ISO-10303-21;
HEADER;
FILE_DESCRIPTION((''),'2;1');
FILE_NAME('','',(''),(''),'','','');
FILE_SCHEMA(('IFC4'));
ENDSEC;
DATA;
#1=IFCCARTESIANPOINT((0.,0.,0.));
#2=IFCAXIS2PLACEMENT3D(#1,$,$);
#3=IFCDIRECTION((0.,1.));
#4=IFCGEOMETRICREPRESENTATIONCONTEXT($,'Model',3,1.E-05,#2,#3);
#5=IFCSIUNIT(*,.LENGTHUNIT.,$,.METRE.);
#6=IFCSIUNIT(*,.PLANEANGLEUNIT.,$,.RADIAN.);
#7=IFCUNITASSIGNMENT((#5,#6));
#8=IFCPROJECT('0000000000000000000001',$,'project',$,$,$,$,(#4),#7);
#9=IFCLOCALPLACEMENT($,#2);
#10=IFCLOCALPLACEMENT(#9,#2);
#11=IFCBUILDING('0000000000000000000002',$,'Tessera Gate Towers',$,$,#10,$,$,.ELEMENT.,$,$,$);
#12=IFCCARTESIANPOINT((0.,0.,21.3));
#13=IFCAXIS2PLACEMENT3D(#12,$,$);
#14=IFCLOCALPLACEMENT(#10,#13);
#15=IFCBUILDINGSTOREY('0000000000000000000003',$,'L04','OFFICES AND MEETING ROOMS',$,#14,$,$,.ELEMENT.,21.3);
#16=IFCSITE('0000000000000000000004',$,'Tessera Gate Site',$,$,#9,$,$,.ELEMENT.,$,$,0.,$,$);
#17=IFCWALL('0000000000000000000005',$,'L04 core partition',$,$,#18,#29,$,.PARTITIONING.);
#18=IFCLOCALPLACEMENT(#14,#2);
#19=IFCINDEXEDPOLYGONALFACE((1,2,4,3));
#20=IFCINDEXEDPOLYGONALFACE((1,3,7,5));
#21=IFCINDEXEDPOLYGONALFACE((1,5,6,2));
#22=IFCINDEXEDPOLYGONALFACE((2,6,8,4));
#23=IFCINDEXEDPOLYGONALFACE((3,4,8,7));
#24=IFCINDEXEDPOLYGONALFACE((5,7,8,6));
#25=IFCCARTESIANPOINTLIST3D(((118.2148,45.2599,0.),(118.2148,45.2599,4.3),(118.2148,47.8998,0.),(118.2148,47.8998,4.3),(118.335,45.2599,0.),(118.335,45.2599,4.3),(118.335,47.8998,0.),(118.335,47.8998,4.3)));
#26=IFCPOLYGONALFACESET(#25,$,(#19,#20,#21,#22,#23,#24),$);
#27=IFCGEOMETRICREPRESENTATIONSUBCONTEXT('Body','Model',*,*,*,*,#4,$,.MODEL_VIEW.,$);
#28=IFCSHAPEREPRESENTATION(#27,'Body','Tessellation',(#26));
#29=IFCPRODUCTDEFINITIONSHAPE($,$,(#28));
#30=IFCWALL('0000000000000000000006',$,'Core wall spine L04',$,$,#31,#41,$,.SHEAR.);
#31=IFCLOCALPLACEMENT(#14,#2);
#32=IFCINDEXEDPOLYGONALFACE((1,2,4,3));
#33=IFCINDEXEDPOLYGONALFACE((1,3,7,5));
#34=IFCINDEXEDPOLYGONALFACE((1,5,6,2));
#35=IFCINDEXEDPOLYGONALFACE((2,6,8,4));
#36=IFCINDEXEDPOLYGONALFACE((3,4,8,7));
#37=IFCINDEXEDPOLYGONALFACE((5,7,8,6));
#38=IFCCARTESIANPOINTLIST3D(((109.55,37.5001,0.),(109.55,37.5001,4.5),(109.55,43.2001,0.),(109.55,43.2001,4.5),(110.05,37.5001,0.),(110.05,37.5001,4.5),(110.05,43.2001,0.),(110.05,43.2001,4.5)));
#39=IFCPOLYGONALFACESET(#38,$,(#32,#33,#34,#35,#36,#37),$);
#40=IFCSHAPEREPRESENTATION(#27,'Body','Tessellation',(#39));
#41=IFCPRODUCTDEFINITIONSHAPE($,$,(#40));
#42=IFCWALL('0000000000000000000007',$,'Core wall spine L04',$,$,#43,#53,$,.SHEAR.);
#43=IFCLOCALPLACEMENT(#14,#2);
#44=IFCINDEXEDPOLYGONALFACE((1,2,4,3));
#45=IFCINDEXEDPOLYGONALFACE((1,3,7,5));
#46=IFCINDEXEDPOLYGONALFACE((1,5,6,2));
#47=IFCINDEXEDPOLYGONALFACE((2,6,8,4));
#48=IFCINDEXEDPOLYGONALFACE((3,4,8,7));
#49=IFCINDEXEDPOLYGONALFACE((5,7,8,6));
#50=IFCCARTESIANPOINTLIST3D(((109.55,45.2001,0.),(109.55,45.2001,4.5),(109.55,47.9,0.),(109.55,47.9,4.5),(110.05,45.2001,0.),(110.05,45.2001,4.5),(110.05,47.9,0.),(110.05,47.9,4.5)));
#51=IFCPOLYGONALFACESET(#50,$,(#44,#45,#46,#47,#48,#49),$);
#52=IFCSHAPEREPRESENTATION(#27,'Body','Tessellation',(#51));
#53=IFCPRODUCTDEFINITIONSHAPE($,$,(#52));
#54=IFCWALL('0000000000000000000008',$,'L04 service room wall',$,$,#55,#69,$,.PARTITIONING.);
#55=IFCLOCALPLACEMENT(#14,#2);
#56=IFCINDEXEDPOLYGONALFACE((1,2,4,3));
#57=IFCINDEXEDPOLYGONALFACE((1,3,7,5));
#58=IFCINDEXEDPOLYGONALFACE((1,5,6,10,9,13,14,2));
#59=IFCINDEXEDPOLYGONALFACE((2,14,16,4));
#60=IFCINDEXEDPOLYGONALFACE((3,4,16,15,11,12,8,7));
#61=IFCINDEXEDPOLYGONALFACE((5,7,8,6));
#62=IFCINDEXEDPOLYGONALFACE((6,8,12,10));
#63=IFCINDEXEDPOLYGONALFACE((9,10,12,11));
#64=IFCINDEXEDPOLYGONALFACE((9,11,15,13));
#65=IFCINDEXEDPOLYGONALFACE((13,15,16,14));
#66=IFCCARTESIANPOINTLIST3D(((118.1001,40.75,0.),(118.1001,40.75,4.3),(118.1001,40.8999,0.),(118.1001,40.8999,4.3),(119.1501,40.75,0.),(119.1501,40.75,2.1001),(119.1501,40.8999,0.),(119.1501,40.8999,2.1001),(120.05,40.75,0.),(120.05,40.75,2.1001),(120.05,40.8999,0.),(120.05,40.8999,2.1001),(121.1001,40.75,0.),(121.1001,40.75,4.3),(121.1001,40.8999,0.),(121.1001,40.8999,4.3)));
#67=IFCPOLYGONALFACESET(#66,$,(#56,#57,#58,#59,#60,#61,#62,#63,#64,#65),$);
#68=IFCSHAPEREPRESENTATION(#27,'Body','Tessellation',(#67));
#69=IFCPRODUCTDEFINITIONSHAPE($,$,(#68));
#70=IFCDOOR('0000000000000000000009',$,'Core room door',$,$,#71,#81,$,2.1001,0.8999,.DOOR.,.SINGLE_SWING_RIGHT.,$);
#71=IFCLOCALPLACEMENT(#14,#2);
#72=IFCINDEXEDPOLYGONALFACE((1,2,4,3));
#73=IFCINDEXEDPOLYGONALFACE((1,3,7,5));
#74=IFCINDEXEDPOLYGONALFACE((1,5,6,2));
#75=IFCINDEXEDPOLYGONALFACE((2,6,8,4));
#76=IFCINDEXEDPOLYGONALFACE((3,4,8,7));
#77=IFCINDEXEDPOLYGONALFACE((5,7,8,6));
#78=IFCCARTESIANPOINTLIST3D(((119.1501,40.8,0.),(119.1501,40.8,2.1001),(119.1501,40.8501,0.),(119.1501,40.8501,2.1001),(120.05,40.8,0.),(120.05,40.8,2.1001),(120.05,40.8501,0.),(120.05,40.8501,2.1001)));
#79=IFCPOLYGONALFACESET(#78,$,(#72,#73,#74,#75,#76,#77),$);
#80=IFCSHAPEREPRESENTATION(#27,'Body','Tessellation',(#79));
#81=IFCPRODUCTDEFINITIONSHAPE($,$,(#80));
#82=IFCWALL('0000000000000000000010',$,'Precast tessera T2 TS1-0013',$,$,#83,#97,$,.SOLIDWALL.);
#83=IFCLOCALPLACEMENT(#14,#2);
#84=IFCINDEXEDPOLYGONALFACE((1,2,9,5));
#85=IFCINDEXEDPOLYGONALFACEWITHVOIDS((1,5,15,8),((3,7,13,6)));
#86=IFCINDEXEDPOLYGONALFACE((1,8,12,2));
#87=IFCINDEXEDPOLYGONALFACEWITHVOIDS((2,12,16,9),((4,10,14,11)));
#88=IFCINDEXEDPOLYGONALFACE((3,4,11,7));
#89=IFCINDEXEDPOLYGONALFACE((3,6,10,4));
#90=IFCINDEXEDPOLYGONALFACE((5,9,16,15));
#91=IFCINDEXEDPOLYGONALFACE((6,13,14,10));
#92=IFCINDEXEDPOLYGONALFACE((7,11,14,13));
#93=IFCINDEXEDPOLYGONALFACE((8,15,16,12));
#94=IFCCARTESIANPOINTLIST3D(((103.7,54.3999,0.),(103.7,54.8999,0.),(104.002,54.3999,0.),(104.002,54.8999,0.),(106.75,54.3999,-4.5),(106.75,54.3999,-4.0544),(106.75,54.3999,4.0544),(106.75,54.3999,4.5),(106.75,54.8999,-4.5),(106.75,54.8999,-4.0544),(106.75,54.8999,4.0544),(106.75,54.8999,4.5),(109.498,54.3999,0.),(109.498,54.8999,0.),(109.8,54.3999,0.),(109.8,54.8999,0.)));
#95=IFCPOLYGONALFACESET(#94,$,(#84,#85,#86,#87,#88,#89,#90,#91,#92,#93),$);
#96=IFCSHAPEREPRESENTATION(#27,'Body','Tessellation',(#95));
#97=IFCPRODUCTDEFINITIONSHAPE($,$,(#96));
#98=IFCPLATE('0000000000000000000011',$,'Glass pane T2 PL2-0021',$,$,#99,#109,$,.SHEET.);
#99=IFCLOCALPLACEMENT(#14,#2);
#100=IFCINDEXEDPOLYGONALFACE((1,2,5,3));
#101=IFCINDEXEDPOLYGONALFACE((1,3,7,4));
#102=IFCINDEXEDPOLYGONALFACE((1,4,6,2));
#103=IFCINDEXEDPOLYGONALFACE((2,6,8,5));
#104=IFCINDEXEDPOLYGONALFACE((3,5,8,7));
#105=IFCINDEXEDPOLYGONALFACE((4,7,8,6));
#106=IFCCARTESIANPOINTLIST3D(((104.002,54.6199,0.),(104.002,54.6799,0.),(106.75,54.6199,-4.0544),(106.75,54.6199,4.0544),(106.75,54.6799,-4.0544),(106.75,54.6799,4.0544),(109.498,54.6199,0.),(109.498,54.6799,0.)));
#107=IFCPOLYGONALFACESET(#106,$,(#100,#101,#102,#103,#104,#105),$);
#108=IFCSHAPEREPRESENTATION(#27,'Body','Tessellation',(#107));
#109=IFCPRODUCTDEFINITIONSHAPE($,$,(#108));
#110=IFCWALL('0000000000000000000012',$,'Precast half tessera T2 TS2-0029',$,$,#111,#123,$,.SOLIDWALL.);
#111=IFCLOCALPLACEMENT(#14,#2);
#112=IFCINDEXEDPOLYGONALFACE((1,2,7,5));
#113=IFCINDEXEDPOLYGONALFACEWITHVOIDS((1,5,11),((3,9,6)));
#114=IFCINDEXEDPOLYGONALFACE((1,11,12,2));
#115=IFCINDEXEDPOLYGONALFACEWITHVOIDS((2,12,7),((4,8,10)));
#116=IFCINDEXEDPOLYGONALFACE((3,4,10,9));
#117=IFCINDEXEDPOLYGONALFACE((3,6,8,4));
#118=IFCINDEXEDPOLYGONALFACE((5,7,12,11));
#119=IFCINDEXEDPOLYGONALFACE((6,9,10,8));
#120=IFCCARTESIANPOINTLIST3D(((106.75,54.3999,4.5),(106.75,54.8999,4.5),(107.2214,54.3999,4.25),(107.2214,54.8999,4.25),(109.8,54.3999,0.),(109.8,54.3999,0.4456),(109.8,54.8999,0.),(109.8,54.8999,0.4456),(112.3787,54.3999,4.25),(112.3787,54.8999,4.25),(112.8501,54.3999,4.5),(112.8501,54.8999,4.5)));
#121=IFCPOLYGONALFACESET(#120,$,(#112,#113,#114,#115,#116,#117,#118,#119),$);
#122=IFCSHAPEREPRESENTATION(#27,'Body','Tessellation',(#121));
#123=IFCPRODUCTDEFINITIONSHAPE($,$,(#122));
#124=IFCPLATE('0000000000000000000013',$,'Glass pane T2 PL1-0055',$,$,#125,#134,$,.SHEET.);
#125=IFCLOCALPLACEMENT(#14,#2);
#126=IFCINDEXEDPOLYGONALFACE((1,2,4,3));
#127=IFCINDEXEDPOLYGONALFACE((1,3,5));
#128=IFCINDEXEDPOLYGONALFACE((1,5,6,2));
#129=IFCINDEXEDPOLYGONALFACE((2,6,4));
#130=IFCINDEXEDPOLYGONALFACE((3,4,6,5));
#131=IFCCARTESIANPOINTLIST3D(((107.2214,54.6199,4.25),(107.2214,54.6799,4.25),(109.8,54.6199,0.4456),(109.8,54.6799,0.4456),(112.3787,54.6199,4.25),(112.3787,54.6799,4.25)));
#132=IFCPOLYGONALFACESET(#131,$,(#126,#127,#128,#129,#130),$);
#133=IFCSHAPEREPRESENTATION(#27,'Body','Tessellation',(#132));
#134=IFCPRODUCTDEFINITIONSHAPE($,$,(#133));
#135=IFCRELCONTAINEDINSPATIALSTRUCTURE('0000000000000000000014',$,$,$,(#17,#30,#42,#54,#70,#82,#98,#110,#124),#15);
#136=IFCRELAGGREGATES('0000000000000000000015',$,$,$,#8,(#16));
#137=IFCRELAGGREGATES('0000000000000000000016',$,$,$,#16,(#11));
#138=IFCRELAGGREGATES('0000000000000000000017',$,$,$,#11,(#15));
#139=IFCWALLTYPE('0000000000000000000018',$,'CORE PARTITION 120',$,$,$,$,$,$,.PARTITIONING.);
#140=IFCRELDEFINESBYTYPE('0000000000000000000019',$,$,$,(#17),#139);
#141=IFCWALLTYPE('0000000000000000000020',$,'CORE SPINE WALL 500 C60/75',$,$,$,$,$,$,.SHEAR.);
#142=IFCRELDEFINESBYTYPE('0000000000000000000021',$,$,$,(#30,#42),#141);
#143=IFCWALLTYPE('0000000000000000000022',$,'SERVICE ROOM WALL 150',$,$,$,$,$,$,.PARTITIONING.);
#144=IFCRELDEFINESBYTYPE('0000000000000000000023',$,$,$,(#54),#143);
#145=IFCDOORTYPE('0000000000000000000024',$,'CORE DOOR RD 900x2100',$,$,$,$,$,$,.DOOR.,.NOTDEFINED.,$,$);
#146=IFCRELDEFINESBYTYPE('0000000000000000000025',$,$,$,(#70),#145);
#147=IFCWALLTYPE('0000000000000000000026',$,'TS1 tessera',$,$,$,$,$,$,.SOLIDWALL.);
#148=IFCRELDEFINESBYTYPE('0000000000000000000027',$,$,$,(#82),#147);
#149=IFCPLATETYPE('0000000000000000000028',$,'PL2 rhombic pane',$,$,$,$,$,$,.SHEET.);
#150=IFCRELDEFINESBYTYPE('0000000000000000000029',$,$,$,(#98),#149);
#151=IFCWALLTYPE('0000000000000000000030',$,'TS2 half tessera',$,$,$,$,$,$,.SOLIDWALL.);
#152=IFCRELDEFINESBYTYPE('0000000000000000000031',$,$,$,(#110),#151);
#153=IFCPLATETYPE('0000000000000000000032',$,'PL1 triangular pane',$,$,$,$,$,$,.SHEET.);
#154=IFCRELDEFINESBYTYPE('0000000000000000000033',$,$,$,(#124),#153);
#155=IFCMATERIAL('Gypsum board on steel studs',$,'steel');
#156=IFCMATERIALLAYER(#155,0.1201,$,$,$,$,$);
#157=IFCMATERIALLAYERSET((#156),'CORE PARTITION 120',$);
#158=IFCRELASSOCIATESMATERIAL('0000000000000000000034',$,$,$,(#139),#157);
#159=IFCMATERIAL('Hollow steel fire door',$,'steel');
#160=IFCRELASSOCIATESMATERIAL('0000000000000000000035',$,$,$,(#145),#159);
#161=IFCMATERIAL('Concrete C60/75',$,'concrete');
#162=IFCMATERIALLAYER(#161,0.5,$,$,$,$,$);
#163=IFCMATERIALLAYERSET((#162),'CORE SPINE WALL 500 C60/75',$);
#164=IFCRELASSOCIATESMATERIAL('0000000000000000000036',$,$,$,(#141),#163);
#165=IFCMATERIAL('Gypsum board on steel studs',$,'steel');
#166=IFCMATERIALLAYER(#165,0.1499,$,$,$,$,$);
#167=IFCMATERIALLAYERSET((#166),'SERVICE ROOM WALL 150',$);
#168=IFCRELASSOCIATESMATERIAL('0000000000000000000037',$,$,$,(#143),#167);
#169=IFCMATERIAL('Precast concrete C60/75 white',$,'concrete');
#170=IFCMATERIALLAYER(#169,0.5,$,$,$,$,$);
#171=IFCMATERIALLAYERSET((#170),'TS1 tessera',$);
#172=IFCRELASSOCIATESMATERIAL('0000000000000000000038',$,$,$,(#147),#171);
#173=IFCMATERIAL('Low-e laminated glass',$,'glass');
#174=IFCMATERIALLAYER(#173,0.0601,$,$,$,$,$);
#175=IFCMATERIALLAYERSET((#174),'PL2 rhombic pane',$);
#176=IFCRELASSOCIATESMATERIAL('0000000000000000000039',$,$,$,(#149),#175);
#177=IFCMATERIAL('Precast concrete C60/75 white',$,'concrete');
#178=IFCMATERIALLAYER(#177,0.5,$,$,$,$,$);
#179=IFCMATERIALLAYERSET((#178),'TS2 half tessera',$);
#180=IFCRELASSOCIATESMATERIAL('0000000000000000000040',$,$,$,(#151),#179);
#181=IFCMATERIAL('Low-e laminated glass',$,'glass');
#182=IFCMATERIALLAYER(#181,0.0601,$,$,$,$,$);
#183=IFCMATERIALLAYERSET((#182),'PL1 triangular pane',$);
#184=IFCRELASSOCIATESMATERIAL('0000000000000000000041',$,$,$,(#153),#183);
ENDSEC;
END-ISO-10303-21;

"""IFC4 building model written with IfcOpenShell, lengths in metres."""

from ifc_helpers import new_model, si_unit, direction, frame, frame_2d, origin, place, context, subcontext, project, spatial, polyline, rectangle, outline, extrude, source, transform, mapped, material, layer, layer_set, type_object, element, fill, save


model = new_model("IFC4")

# Units and contexts
model_context = context("Model", 3, precision=1e-05, world=origin(), true_north=direction((0.0, 1.0)))
body_context = subcontext(model_context, "Body", "Model", "MODEL_VIEW")
ifc_project = project(units=[si_unit("LENGTHUNIT", "METRE"), si_unit("PLANEANGLEUNIT", "RADIAN")], contexts=[model_context])

# Site, building, storey
site_placement = place(None, origin())
site = spatial("IfcSite", under=ifc_project, at=site_placement, Name="Tessera Gate Site", CompositionType="ELEMENT", RefElevation=0.0)
building_placement = place(site_placement, origin())
building = spatial("IfcBuilding", under=site, at=building_placement, Name="Tessera Gate Towers", CompositionType="ELEMENT")
storey_placement = place(building_placement, frame((0.0, 0.0, 21.3)))
storey = spatial("IfcBuildingStorey", under=building, at=storey_placement, Name="L04", Description="OFFICES AND MEETING ROOMS", CompositionType="ELEMENT", Elevation=21.3)

# Shared definitions
ifc_material_1 = material(Name="Gypsum board on steel studs", Category="steel")
ifc_layer_1 = layer(ifc_material_1, 0.1201)
ifc_layer_set_1 = layer_set([ifc_layer_1], Name="CORE PARTITION 120")
wall_type_1 = type_object("IfcWallType", Name="CORE PARTITION 120", PredefinedType="PARTITIONING", material=ifc_layer_set_1)
ifc_material_2 = material(Name="Hollow steel fire door", Category="steel")
door_type_1 = type_object("IfcDoorType", Name="CORE DOOR RD 900x2100", OperationType="NOTDEFINED", PredefinedType="DOOR", material=ifc_material_2)
shared_shape_1 = source(origin(), body_context, "Body", "SweptSolid", [
    extrude(rectangle(XDim=0.8999, YDim=2.1001, at=frame_2d((0.45, 1.05))), frame((0.0, 0.0249, 0.0), z_axis=(0.0, -1.0, 0.0), x_axis=(1.0, 0.0, 0.0)), (0.0, 0.0, 1.0), 0.05),
])

# Walls
wall_1_placement = place(storey_placement, frame((118.2749, 45.26, 0.0), z_axis=(0.0, 0.0, 1.0), x_axis=(0.0, 1.0, 0.0)))
element("IfcWall", 1, at=wall_1_placement, inside=storey, type_object=wall_type_1, Name="L04 core partition", PredefinedType="PARTITIONING", context=body_context, shape_type="SweptSolid", body=[
    extrude(rectangle(XDim=2.6399, YDim=0.1201, at=frame_2d((1.3198, 0.0))), origin(), (0.0, 0.0, 1.0), 4.3),
])
ifc_material_3 = material(Name="Concrete C60/75", Category="concrete")
ifc_layer_2 = layer(ifc_material_3, 0.5)
ifc_layer_set_2 = layer_set([ifc_layer_2], Name="CORE SPINE WALL 500 C60/75")
wall_type_2 = type_object("IfcWallType", Name="CORE SPINE WALL 500 C60/75", PredefinedType="SHEAR", material=ifc_layer_set_2)
wall_2_placement = place(storey_placement, frame((109.8, 37.5, 0.0), z_axis=(0.0, 0.0, 1.0), x_axis=(0.0, 1.0, 0.0)))
element("IfcWall", 2, at=wall_2_placement, inside=storey, type_object=wall_type_2, Name="Core wall spine L04", PredefinedType="SHEAR", context=body_context, shape_type="SweptSolid", body=[
    extrude(rectangle(XDim=5.7, YDim=0.5, at=frame_2d((2.8501, 0.0))), origin(), (0.0, 0.0, 1.0), 4.5),
])
wall_3_placement = place(storey_placement, frame((109.8, 45.2, 0.0), z_axis=(0.0, 0.0, 1.0), x_axis=(0.0, 1.0, 0.0)))
element("IfcWall", 3, at=wall_3_placement, inside=storey, type_object=wall_type_2, Name="Core wall spine L04", PredefinedType="SHEAR", context=body_context, shape_type="SweptSolid", body=[
    extrude(rectangle(XDim=2.7, YDim=0.5, at=frame_2d((1.3501, 0.0))), origin(), (0.0, 0.0, 1.0), 4.5),
])

# Wall, opening, door
ifc_material_4 = material(Name="Gypsum board on steel studs", Category="steel")
ifc_layer_3 = layer(ifc_material_4, 0.1499)
ifc_layer_set_3 = layer_set([ifc_layer_3], Name="SERVICE ROOM WALL 150")
wall_type_3 = type_object("IfcWallType", Name="SERVICE ROOM WALL 150", PredefinedType="PARTITIONING", material=ifc_layer_set_3)
wall_4_placement = place(storey_placement, frame((121.1001, 40.825, 0.0), z_axis=(0.0, 0.0, 1.0), x_axis=(-1.0, 0.0, 0.0)))
wall_4 = element("IfcWall", 4, at=wall_4_placement, inside=storey, type_object=wall_type_3, Name="L04 service room wall", PredefinedType="PARTITIONING", context=body_context, shape_type="SweptSolid", body=[
    extrude(rectangle(XDim=3.0, YDim=0.1499, at=frame_2d((1.5, 0.0))), origin(), (0.0, 0.0, 1.0), 4.3),
])
shared_shape_2 = source(origin(), body_context, "Body", "SweptSolid", [
    extrude(rectangle(XDim=0.8999, YDim=2.1001, at=frame_2d((0.45, 1.05))), frame((0.0, 0.085, 0.0), z_axis=(0.0, -1.0, 0.0), x_axis=(1.0, 0.0, 0.0)), (0.0, 0.0, 1.0), 0.1699),
])
opening_1_placement = place(wall_4_placement, frame((1.05, 0.0, 0.0)))
opening_1 = element("IfcOpeningElement", 5, at=opening_1_placement, cuts=wall_4, PredefinedType="OPENING", context=body_context, shape_type="MappedRepresentation", body=[
    mapped(shared_shape_2, transform((0.0, 0.0, 0.0), scale=1.0)),
])
door_1_placement = place(opening_1_placement, origin())
door_1 = element("IfcDoor", 6, at=door_1_placement, inside=storey, type_object=door_type_1, Name="Core room door", OperationType="SINGLE_SWING_RIGHT", OverallHeight=2.1001, OverallWidth=0.8999, PredefinedType="DOOR", context=body_context, shape_type="MappedRepresentation", body=[
    mapped(shared_shape_1, transform((0.0, 0.0, 0.0), scale=1.0)),
])
fill(opening_1, door_1)

# Walls, openings, plates
ifc_material_5 = material(Name="Precast concrete C60/75 white", Category="concrete")
ifc_layer_4 = layer(ifc_material_5, 0.5)
ifc_layer_set_4 = layer_set([ifc_layer_4], Name="TS1 tessera")
wall_type_4 = type_object("IfcWallType", Name="TS1 tessera", PredefinedType="SOLIDWALL", material=ifc_layer_set_4)
shared_shape_3 = source(origin(), body_context, "Body", "SweptSolid", [
    extrude(outline(polyline([(3.05, 0.0), (6.1001, 4.5), (3.05, 9.0), (0.0, 4.5), (3.05, 0.0)])), frame((0.0, 0.25, 0.0), z_axis=(0.0, -1.0, 0.0), x_axis=(1.0, 0.0, 0.0)), (0.0, 0.0, 1.0), 0.5),
])
wall_5_placement = place(storey_placement, frame((109.8, 54.6499, -4.5), z_axis=(0.0, 0.0, 1.0), x_axis=(-1.0, 0.0, 0.0)))
wall_5 = element("IfcWall", 7, at=wall_5_placement, inside=storey, type_object=wall_type_4, Name="Precast tessera T2 TS1-0013", PredefinedType="SOLIDWALL", context=body_context, shape_type="MappedRepresentation", body=[
    mapped(shared_shape_3, transform((0.0, 0.0, 0.0), scale=1.0)),
])
shared_shape_4 = source(origin(), body_context, "Body", "SweptSolid", [
    extrude(outline(polyline([(3.05, 0.4456), (5.7981, 4.5), (3.05, 8.5544), (0.302, 4.5), (3.05, 0.4456)])), frame((0.0, 0.26, 0.0), z_axis=(0.0, -1.0, 0.0), x_axis=(1.0, 0.0, 0.0)), (0.0, 0.0, 1.0), 0.52),
])
opening_2_placement = place(wall_5_placement, origin())
opening_2 = element("IfcOpeningElement", 8, at=opening_2_placement, cuts=wall_5, PredefinedType="OPENING", context=body_context, shape_type="MappedRepresentation", body=[
    mapped(shared_shape_4, transform((0.0, 0.0, 0.0), scale=1.0)),
])
ifc_material_6 = material(Name="Low-e laminated glass", Category="glass")
ifc_layer_5 = layer(ifc_material_6, 0.0601)
ifc_layer_set_5 = layer_set([ifc_layer_5], Name="PL2 rhombic pane")
plate_type_1 = type_object("IfcPlateType", Name="PL2 rhombic pane", PredefinedType="SHEET", material=ifc_layer_set_5)
shared_shape_5 = source(origin(), body_context, "Body", "SweptSolid", [
    extrude(outline(polyline([(3.05, 0.4456), (5.7981, 4.5), (3.05, 8.5544), (0.302, 4.5), (3.05, 0.4456)])), frame((0.0, 0.03, 0.0), z_axis=(0.0, -1.0, 0.0), x_axis=(1.0, 0.0, 0.0)), (0.0, 0.0, 1.0), 0.0601),
])
plate_1_placement = place(opening_2_placement, origin())
plate_1 = element("IfcPlate", 9, at=plate_1_placement, inside=storey, type_object=plate_type_1, Name="Glass pane T2 PL2-0021", PredefinedType="SHEET", context=body_context, shape_type="MappedRepresentation", body=[
    mapped(shared_shape_5, transform((0.0, 0.0, 0.0), scale=1.0)),
])
fill(opening_2, plate_1)
ifc_material_7 = material(Name="Precast concrete C60/75 white", Category="concrete")
ifc_layer_6 = layer(ifc_material_7, 0.5)
ifc_layer_set_6 = layer_set([ifc_layer_6], Name="TS2 half tessera")
wall_type_5 = type_object("IfcWallType", Name="TS2 half tessera", PredefinedType="SOLIDWALL", material=ifc_layer_set_6)
shared_shape_6 = source(origin(), body_context, "Body", "SweptSolid", [
    extrude(outline(polyline([(3.05, 0.0), (6.1001, 4.5), (0.0, 4.5), (3.05, 0.0)])), frame((0.0, 0.25, 0.0), z_axis=(0.0, -1.0, 0.0), x_axis=(1.0, 0.0, 0.0)), (0.0, 0.0, 1.0), 0.5),
])
wall_6_placement = place(storey_placement, frame((112.8501, 54.6499, 0.0), z_axis=(0.0, 0.0, 1.0), x_axis=(-1.0, 0.0, 0.0)))
wall_6 = element("IfcWall", 10, at=wall_6_placement, inside=storey, type_object=wall_type_5, Name="Precast half tessera T2 TS2-0029", PredefinedType="SOLIDWALL", context=body_context, shape_type="MappedRepresentation", body=[
    mapped(shared_shape_6, transform((0.0, 0.0, 0.0), scale=1.0)),
])
shared_shape_7 = source(origin(), body_context, "Body", "SweptSolid", [
    extrude(outline(polyline([(3.05, 0.4456), (5.6287, 4.25), (0.4714, 4.25), (3.05, 0.4456)])), frame((0.0, 0.26, 0.0), z_axis=(0.0, -1.0, 0.0), x_axis=(1.0, 0.0, 0.0)), (0.0, 0.0, 1.0), 0.52),
])
opening_3_placement = place(wall_6_placement, origin())
opening_3 = element("IfcOpeningElement", 11, at=opening_3_placement, cuts=wall_6, PredefinedType="OPENING", context=body_context, shape_type="MappedRepresentation", body=[
    mapped(shared_shape_7, transform((0.0, 0.0, 0.0), scale=1.0)),
])
ifc_material_8 = material(Name="Low-e laminated glass", Category="glass")
ifc_layer_7 = layer(ifc_material_8, 0.0601)
ifc_layer_set_7 = layer_set([ifc_layer_7], Name="PL1 triangular pane")
plate_type_2 = type_object("IfcPlateType", Name="PL1 triangular pane", PredefinedType="SHEET", material=ifc_layer_set_7)
shared_shape_8 = source(origin(), body_context, "Body", "SweptSolid", [
    extrude(outline(polyline([(3.05, 0.4456), (5.6287, 4.25), (0.4714, 4.25), (3.05, 0.4456)])), frame((0.0, 0.03, 0.0), z_axis=(0.0, -1.0, 0.0), x_axis=(1.0, 0.0, 0.0)), (0.0, 0.0, 1.0), 0.0601),
])
plate_2_placement = place(opening_3_placement, origin())
plate_2 = element("IfcPlate", 12, at=plate_2_placement, inside=storey, type_object=plate_type_2, Name="Glass pane T2 PL1-0055", PredefinedType="SHEET", context=body_context, shape_type="MappedRepresentation", body=[
    mapped(shared_shape_8, transform((0.0, 0.0, 0.0), scale=1.0)),
])
fill(opening_3, plate_2)

save(model, "model.ifc")
